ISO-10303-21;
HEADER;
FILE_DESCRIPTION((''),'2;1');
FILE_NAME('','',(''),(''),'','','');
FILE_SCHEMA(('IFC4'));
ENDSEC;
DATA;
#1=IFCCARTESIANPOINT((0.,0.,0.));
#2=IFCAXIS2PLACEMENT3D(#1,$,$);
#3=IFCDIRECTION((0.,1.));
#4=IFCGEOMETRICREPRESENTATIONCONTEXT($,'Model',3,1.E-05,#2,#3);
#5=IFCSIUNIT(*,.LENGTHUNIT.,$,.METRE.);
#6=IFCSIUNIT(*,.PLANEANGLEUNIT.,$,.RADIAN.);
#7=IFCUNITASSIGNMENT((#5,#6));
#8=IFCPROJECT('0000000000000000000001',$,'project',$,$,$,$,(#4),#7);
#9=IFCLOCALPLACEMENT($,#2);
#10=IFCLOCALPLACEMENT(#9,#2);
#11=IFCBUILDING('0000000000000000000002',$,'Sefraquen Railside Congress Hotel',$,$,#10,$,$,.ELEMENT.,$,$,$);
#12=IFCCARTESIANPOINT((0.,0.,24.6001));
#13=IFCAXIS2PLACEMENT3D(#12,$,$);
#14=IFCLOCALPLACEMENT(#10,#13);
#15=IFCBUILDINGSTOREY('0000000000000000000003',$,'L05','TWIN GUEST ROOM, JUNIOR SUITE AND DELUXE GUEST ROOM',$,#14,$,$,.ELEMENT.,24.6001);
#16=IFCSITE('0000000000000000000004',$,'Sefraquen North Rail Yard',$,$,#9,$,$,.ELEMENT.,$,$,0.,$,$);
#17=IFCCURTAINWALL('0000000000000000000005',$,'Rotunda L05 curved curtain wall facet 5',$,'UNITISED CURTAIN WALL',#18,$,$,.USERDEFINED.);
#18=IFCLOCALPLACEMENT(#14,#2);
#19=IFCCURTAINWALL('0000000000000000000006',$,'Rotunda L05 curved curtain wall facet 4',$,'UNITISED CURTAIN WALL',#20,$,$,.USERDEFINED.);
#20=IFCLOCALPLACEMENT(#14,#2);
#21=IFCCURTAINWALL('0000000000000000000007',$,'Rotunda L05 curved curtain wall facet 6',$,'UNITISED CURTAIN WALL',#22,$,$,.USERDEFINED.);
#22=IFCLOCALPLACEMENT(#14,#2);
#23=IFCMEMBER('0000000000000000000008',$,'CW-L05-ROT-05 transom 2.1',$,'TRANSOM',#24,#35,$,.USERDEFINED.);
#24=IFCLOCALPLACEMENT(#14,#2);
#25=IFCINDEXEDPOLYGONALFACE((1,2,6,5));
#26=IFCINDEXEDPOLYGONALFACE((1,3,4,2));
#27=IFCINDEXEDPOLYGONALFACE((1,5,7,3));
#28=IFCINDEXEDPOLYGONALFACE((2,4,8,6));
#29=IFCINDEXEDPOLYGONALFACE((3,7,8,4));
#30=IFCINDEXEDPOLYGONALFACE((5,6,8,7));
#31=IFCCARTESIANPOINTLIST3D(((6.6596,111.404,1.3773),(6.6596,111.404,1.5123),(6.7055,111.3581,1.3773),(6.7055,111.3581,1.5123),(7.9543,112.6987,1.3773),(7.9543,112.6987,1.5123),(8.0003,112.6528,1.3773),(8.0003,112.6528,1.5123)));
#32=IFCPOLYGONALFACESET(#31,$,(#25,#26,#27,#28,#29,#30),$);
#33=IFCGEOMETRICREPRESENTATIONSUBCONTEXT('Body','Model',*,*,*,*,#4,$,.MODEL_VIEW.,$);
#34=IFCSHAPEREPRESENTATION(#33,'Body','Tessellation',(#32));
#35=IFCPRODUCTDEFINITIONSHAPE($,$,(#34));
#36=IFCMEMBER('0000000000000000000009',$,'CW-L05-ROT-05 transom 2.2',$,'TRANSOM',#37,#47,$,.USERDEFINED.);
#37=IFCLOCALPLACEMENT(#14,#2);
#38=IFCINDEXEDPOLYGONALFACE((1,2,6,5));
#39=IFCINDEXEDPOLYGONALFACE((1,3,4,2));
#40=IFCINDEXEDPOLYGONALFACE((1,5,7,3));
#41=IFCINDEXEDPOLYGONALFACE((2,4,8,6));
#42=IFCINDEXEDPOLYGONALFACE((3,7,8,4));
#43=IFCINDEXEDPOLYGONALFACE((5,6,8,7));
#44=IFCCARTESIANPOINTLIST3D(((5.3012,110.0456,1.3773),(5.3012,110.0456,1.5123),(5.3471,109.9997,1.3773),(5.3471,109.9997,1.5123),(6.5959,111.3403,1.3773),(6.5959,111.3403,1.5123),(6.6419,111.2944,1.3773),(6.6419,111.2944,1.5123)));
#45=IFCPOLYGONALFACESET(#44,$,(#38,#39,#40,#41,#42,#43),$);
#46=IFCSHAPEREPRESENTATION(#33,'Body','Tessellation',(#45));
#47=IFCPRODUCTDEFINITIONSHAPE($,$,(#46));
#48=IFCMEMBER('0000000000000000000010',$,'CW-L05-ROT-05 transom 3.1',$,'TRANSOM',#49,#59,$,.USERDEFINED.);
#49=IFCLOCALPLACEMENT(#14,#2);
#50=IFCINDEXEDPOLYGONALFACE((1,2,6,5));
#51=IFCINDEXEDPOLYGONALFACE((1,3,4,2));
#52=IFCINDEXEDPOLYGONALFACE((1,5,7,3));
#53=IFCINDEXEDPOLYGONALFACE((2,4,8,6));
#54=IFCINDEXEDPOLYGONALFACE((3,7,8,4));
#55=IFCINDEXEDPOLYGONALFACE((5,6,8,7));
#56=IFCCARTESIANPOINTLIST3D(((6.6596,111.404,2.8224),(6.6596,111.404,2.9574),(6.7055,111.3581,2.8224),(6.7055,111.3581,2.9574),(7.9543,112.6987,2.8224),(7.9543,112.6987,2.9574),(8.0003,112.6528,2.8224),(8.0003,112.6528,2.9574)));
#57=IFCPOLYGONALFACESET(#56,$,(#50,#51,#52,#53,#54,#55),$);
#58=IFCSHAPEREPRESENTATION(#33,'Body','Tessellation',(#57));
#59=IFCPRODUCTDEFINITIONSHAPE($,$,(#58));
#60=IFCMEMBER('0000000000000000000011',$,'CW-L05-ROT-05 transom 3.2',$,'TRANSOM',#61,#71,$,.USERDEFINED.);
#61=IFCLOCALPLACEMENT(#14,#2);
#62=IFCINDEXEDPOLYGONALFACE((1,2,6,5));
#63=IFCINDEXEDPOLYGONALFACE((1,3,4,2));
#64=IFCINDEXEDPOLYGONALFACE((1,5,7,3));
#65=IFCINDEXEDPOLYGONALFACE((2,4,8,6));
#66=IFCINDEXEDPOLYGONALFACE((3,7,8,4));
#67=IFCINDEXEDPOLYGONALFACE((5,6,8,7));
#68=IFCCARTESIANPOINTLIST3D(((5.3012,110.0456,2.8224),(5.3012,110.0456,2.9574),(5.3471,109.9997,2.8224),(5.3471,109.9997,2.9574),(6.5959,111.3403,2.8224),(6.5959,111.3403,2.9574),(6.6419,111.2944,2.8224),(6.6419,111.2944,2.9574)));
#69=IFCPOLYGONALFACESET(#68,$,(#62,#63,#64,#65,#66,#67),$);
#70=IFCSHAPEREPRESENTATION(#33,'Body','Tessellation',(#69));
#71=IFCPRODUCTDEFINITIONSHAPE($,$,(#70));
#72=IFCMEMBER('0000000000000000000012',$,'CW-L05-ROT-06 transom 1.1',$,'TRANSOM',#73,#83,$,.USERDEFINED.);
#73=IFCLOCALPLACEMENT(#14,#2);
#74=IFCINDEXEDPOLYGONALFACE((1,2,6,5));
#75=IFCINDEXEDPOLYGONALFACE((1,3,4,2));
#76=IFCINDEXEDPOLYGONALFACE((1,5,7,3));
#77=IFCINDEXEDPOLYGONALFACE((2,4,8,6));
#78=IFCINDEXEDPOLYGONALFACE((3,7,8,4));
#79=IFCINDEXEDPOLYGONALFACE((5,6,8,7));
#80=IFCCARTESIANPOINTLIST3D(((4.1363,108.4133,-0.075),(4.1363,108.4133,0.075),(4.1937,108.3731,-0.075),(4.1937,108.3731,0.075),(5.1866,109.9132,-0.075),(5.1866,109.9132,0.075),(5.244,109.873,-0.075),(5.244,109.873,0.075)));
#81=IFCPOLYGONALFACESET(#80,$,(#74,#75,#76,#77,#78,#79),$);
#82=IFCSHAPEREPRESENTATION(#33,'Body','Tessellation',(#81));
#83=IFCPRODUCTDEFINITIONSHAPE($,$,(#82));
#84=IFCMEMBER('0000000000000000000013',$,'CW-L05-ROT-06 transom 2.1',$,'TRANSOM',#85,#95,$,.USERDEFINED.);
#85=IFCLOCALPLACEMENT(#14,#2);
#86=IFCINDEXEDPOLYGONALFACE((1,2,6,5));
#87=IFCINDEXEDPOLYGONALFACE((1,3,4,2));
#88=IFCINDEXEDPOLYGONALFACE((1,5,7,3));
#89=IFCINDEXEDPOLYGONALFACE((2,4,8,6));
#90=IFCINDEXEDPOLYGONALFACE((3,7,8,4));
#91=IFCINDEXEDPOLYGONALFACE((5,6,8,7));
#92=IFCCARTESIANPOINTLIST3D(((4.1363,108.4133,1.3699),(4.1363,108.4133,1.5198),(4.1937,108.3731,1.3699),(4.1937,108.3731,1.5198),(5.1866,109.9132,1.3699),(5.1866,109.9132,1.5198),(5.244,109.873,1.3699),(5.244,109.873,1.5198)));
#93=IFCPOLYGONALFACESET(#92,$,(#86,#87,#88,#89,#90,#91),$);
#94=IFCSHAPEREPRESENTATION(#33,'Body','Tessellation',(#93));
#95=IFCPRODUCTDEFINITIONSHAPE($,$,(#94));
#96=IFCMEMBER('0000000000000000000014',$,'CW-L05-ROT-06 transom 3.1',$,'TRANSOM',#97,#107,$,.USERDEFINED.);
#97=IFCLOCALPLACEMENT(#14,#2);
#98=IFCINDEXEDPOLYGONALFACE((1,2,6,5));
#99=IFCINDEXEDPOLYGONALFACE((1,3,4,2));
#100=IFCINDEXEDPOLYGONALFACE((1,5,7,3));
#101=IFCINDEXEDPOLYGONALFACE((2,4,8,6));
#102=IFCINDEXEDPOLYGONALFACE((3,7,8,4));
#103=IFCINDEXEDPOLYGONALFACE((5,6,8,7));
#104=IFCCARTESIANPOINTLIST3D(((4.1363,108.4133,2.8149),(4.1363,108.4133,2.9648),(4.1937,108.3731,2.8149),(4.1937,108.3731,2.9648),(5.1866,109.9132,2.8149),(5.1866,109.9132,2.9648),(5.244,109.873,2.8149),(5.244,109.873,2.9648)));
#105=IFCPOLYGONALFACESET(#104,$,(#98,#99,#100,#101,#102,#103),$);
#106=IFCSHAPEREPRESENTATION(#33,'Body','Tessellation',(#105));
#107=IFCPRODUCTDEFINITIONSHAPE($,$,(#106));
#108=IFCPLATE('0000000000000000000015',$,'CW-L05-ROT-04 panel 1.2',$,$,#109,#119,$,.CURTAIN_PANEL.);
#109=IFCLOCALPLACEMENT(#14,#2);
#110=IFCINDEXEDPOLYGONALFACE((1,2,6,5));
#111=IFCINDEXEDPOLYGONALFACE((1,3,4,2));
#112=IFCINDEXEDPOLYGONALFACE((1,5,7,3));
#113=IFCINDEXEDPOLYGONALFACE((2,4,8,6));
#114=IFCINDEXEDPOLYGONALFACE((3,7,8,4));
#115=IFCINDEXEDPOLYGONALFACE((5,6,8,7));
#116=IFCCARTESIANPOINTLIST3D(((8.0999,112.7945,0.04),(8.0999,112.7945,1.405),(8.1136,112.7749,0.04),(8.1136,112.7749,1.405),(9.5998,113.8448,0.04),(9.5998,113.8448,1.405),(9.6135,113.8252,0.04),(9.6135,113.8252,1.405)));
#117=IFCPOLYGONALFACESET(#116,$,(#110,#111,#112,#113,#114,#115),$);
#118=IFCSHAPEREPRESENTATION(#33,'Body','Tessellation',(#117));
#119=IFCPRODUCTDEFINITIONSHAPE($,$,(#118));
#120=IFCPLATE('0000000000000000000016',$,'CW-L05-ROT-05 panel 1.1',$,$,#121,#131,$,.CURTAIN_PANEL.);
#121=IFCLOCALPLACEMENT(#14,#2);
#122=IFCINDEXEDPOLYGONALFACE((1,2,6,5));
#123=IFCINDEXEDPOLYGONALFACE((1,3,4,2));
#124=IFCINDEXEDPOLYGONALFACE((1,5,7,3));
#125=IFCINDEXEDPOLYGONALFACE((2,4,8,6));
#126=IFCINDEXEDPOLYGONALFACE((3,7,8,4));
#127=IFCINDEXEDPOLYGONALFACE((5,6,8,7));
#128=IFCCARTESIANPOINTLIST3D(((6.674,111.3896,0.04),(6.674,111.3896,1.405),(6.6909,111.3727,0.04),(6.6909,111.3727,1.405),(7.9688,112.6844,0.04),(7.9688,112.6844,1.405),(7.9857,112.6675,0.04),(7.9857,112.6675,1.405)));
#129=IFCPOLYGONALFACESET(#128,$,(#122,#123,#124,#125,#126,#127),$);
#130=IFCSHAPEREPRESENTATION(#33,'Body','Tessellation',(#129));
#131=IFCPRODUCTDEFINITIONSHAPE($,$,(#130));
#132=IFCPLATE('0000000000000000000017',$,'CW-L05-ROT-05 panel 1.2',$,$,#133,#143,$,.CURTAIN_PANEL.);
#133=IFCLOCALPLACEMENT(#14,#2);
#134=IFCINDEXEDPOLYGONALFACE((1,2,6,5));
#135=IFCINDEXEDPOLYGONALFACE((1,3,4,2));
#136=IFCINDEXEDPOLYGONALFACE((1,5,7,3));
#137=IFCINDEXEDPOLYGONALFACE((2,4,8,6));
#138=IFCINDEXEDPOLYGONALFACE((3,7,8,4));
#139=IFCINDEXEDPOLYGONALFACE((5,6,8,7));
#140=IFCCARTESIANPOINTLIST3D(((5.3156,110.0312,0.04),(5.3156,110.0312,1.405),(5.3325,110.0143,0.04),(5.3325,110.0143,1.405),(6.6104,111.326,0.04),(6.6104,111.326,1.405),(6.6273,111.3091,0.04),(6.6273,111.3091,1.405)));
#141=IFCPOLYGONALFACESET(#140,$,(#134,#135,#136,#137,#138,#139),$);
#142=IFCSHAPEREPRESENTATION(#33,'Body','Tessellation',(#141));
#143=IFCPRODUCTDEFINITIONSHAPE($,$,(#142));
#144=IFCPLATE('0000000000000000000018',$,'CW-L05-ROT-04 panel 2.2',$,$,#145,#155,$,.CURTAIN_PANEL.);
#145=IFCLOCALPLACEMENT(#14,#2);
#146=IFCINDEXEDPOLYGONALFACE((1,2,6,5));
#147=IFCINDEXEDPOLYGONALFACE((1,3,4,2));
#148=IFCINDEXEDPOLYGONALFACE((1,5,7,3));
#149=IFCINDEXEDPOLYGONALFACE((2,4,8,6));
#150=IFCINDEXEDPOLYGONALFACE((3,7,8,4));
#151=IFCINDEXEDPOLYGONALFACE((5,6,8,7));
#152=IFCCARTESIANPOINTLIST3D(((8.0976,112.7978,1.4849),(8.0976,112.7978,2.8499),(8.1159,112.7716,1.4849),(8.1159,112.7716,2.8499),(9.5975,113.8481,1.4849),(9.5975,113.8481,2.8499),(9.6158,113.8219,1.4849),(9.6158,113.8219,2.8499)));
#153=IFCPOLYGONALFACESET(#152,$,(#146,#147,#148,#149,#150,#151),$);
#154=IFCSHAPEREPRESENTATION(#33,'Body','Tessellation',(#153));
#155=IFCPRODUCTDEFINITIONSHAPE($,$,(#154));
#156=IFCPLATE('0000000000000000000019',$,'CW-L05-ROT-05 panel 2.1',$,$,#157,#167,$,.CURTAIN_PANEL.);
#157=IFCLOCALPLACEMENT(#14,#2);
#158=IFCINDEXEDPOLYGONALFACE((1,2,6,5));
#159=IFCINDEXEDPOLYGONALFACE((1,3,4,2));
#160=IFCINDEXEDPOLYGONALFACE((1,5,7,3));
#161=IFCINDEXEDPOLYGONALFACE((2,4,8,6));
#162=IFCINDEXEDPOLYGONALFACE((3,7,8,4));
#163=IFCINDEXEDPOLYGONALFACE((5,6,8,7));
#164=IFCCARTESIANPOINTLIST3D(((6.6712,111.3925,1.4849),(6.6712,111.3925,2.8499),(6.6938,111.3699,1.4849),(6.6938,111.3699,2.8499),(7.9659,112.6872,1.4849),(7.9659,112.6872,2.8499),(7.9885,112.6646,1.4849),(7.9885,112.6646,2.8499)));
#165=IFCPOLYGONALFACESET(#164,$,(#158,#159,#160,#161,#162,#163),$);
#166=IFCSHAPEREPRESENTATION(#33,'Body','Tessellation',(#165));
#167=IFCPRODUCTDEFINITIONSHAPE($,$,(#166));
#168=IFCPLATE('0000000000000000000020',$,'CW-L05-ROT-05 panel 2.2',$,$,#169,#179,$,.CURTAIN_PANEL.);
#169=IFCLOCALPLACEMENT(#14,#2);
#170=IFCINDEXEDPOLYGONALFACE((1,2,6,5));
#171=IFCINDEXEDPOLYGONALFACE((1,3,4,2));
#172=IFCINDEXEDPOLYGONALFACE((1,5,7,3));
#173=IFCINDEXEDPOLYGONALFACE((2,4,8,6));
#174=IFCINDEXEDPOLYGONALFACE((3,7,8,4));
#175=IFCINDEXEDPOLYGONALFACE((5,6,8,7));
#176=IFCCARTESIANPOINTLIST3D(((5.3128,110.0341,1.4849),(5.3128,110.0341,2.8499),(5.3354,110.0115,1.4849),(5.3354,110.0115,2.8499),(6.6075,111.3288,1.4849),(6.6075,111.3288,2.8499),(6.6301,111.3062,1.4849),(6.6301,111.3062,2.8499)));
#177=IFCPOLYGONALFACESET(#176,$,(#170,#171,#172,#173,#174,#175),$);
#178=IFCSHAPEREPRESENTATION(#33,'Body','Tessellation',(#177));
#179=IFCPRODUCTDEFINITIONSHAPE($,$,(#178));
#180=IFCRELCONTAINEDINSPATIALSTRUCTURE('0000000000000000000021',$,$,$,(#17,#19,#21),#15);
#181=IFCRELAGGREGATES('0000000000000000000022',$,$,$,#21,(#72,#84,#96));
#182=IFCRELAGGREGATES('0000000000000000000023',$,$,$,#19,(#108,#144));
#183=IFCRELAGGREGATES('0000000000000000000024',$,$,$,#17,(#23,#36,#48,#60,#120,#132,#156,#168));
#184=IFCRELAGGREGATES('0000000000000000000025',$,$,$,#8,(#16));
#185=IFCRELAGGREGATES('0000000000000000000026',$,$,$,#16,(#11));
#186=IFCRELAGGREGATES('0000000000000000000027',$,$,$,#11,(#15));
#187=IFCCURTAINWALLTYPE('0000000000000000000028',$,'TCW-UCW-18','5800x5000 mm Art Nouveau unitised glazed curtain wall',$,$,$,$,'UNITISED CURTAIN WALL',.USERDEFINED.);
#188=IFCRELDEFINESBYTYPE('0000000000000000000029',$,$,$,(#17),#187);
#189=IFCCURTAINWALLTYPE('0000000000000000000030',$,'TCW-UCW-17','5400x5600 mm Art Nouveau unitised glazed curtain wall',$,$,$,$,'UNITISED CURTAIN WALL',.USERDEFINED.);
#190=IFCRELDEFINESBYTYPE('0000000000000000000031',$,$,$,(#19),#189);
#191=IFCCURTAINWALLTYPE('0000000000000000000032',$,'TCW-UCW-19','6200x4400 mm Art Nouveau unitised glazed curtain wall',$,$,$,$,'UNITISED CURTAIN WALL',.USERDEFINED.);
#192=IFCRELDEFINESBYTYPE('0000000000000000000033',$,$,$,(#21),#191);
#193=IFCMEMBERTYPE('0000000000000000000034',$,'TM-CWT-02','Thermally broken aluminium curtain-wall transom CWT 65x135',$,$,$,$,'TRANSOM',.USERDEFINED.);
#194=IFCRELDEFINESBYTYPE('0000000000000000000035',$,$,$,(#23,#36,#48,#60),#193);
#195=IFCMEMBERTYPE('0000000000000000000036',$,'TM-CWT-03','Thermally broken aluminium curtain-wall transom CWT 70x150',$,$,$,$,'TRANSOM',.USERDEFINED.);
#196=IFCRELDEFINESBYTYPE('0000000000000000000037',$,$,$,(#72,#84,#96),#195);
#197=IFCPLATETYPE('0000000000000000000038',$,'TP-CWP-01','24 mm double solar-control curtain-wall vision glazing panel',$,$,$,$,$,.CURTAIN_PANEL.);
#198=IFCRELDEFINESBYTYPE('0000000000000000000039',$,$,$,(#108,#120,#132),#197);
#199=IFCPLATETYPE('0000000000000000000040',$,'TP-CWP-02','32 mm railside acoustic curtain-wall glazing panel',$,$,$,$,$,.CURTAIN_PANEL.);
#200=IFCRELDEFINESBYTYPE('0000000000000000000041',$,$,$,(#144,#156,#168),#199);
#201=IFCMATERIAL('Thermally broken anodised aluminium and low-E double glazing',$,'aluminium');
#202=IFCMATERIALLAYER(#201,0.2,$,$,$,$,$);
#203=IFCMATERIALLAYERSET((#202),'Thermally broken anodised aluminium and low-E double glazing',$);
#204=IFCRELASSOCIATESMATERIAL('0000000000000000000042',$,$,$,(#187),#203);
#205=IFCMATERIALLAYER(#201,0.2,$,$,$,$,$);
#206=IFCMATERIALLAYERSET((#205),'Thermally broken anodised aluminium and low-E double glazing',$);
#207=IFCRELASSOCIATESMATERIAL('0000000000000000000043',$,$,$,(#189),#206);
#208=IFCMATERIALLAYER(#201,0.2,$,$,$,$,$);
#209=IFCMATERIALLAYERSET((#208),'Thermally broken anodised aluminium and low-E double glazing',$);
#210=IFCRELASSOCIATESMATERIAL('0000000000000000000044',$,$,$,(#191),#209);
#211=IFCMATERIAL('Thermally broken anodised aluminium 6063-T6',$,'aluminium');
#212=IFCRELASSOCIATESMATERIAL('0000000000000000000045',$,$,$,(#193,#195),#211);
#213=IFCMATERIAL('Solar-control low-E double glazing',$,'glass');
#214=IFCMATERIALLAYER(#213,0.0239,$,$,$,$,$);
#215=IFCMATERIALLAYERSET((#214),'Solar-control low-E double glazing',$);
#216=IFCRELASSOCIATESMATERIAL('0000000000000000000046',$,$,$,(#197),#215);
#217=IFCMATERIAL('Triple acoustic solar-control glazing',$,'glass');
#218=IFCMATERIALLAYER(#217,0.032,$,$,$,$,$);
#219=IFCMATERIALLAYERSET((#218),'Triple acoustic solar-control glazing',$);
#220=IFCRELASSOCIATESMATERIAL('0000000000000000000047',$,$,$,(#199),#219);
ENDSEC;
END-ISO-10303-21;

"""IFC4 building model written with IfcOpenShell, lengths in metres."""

from ifc_helpers import new_model, si_unit, direction, frame, origin, origin_2d, place, context, subcontext, project, spatial, rectangle, extrude, material, layer, layer_set, material_profile, profile_set, type_object, element, aggregate, save


model = new_model("IFC4")

# Units and contexts
model_context = context("Model", 3, precision=1e-05, world=origin(), true_north=direction((0.0, 1.0)))
body_context = subcontext(model_context, "Body", "Model", "MODEL_VIEW")
ifc_project = project(units=[si_unit("LENGTHUNIT", "METRE"), si_unit("PLANEANGLEUNIT", "RADIAN")], contexts=[model_context])

# Site, building, storey
site_placement = place(None, origin())
site = spatial("IfcSite", under=ifc_project, at=site_placement, Name="Sefraquen North Rail Yard", CompositionType="ELEMENT", RefElevation=0.0)
building_placement = place(site_placement, origin())
building = spatial("IfcBuilding", under=site, at=building_placement, Name="Sefraquen Railside Congress Hotel", CompositionType="ELEMENT")
storey_placement = place(building_placement, frame((0.0, 0.0, 24.6001)))
storey = spatial("IfcBuildingStorey", under=building, at=storey_placement, Name="L05", Description="TWIN GUEST ROOM, JUNIOR SUITE AND DELUXE GUEST ROOM", CompositionType="ELEMENT", Elevation=24.6001)

# Curtain walls
ifc_material_1 = material(Name="Thermally broken anodised aluminium and low-E double glazing", Category="aluminium")
ifc_layer_1 = layer(ifc_material_1, 0.2)
ifc_layer_set_1 = layer_set([ifc_layer_1], Name="Thermally broken anodised aluminium and low-E double glazing")
curtain_wall_type_1 = type_object("IfcCurtainWallType", Name="TCW-UCW-18", Description="5800x5000 mm Art Nouveau unitised glazed curtain wall", ElementType="UNITISED CURTAIN WALL", PredefinedType="USERDEFINED", material=ifc_layer_set_1)
curtain_wall_1_placement = place(storey_placement, origin())
curtain_wall_1 = element("IfcCurtainWall", 1, at=curtain_wall_1_placement, inside=storey, type_object=curtain_wall_type_1, Name="Rotunda L05 curved curtain wall facet 5", ObjectType="UNITISED CURTAIN WALL", PredefinedType="USERDEFINED")
ifc_material_2 = material(Name="Thermally broken anodised aluminium 6063-T6", Category="aluminium")
ifc_layer_2 = layer(ifc_material_1, 0.2)
ifc_layer_set_2 = layer_set([ifc_layer_2], Name="Thermally broken anodised aluminium and low-E double glazing")
curtain_wall_type_2 = type_object("IfcCurtainWallType", Name="TCW-UCW-17", Description="5400x5600 mm Art Nouveau unitised glazed curtain wall", ElementType="UNITISED CURTAIN WALL", PredefinedType="USERDEFINED", material=ifc_layer_set_2)
curtain_wall_2_placement = place(storey_placement, origin())
curtain_wall_2 = element("IfcCurtainWall", 2, at=curtain_wall_2_placement, inside=storey, type_object=curtain_wall_type_2, Name="Rotunda L05 curved curtain wall facet 4", ObjectType="UNITISED CURTAIN WALL", PredefinedType="USERDEFINED")

# Curtain wall
ifc_layer_3 = layer(ifc_material_1, 0.2)
ifc_layer_set_3 = layer_set([ifc_layer_3], Name="Thermally broken anodised aluminium and low-E double glazing")
curtain_wall_type_3 = type_object("IfcCurtainWallType", Name="TCW-UCW-19", Description="6200x4400 mm Art Nouveau unitised glazed curtain wall", ElementType="UNITISED CURTAIN WALL", PredefinedType="USERDEFINED", material=ifc_layer_set_3)
curtain_wall_3_placement = place(storey_placement, origin())
curtain_wall_3 = element("IfcCurtainWall", 3, at=curtain_wall_3_placement, inside=storey, type_object=curtain_wall_type_3, Name="Rotunda L05 curved curtain wall facet 6", ObjectType="UNITISED CURTAIN WALL", PredefinedType="USERDEFINED")

# Members
ifc_material_profile_1 = material_profile(ifc_material_2, rectangle(XDim=0.0649, YDim=0.135, at=origin_2d()), Name="CWT 65x135")
ifc_profile_set_1 = profile_set([ifc_material_profile_1], Name="Thermally broken anodised aluminium 6063-T6")
member_type_1 = type_object("IfcMemberType", Name="TM-CWT-02", Description="Thermally broken aluminium curtain-wall transom CWT 65x135", ElementType="TRANSOM", PredefinedType="USERDEFINED", material=ifc_profile_set_1)
member_1_placement = place(storey_placement, frame((7.9773, 112.6758, 1.4448), z_axis=(-0.707107, -0.707107, 0.0), x_axis=(0.707107, -0.707107, 0.0)))
member_1 = element("IfcMember", 4, at=member_1_placement, type_object=member_type_1, Name="CW-L05-ROT-05 transom 2.1", ObjectType="TRANSOM", PredefinedType="USERDEFINED", context=body_context, shape_type="SweptSolid", body=[
    extrude(rectangle(XDim=0.0649, YDim=0.135, at=origin_2d()), origin(), (0.0, 0.0, 1.0), 1.8311),
])
member_2_placement = place(storey_placement, frame((6.6189, 111.3174, 1.4448), z_axis=(-0.707107, -0.707107, 0.0), x_axis=(0.707107, -0.707107, 0.0)))
member_2 = element("IfcMember", 5, at=member_2_placement, type_object=member_type_1, Name="CW-L05-ROT-05 transom 2.2", ObjectType="TRANSOM", PredefinedType="USERDEFINED", context=body_context, shape_type="SweptSolid", body=[
    extrude(rectangle(XDim=0.0649, YDim=0.135, at=origin_2d()), origin(), (0.0, 0.0, 1.0), 1.8311),
])
member_3_placement = place(storey_placement, frame((7.9773, 112.6758, 2.8899), z_axis=(-0.707107, -0.707107, 0.0), x_axis=(0.707107, -0.707107, 0.0)))
member_3 = element("IfcMember", 6, at=member_3_placement, type_object=member_type_1, Name="CW-L05-ROT-05 transom 3.1", ObjectType="TRANSOM", PredefinedType="USERDEFINED", context=body_context, shape_type="SweptSolid", body=[
    extrude(rectangle(XDim=0.0649, YDim=0.135, at=origin_2d()), origin(), (0.0, 0.0, 1.0), 1.8311),
])
member_4_placement = place(storey_placement, frame((6.6189, 111.3174, 2.8899), z_axis=(-0.707107, -0.707107, 0.0), x_axis=(0.707107, -0.707107, 0.0)))
member_4 = element("IfcMember", 7, at=member_4_placement, type_object=member_type_1, Name="CW-L05-ROT-05 transom 3.2", ObjectType="TRANSOM", PredefinedType="USERDEFINED", context=body_context, shape_type="SweptSolid", body=[
    extrude(rectangle(XDim=0.0649, YDim=0.135, at=origin_2d()), origin(), (0.0, 0.0, 1.0), 1.8311),
])
ifc_material_profile_2 = material_profile(ifc_material_2, rectangle(XDim=0.0701, YDim=0.1499, at=origin_2d()), Name="CWT 70x150")
ifc_profile_set_2 = profile_set([ifc_material_profile_2], Name="Thermally broken anodised aluminium 6063-T6")
member_type_2 = type_object("IfcMemberType", Name="TM-CWT-03", Description="Thermally broken aluminium curtain-wall transom CWT 70x150", ElementType="TRANSOM", PredefinedType="USERDEFINED", material=ifc_profile_set_2)
member_5_placement = place(storey_placement, frame((5.2153, 109.8931, 0.0), z_axis=(-0.573632, -0.819113, 0.0), x_axis=(0.819113, -0.573632, 0.0)))
member_5 = element("IfcMember", 8, at=member_5_placement, type_object=member_type_2, Name="CW-L05-ROT-06 transom 1.1", ObjectType="TRANSOM", PredefinedType="USERDEFINED", context=body_context, shape_type="SweptSolid", body=[
    extrude(rectangle(XDim=0.0701, YDim=0.1499, at=origin_2d()), origin(), (0.0, 0.0, 1.0), 1.8311),
])
member_6_placement = place(storey_placement, frame((5.2153, 109.8931, 1.4448), z_axis=(-0.573632, -0.819113, 0.0), x_axis=(0.819113, -0.573632, 0.0)))
member_6 = element("IfcMember", 9, at=member_6_placement, type_object=member_type_2, Name="CW-L05-ROT-06 transom 2.1", ObjectType="TRANSOM", PredefinedType="USERDEFINED", context=body_context, shape_type="SweptSolid", body=[
    extrude(rectangle(XDim=0.0701, YDim=0.1499, at=origin_2d()), origin(), (0.0, 0.0, 1.0), 1.8311),
])
member_7_placement = place(storey_placement, frame((5.2153, 109.8931, 2.8899), z_axis=(-0.573632, -0.819113, 0.0), x_axis=(0.819113, -0.573632, 0.0)))
member_7 = element("IfcMember", 10, at=member_7_placement, type_object=member_type_2, Name="CW-L05-ROT-06 transom 3.1", ObjectType="TRANSOM", PredefinedType="USERDEFINED", context=body_context, shape_type="SweptSolid", body=[
    extrude(rectangle(XDim=0.0701, YDim=0.1499, at=origin_2d()), origin(), (0.0, 0.0, 1.0), 1.8311),
])
aggregate(curtain_wall_3, [member_5, member_6, member_7])

# Plates
ifc_material_3 = material(Name="Solar-control low-E double glazing", Category="glass")
ifc_layer_4 = layer(ifc_material_3, 0.0239)
ifc_layer_set_4 = layer_set([ifc_layer_4], Name="Solar-control low-E double glazing")
plate_type_1 = type_object("IfcPlateType", Name="TP-CWP-01", Description="24 mm double solar-control curtain-wall vision glazing panel", PredefinedType="CURTAIN_PANEL", material=ifc_layer_set_4)
plate_1_placement = place(storey_placement, frame((8.8567, 113.3098, 0.04), z_axis=(0.0, 0.0, 1.0), x_axis=(-0.819132, -0.573605, 0.0)))
plate_1 = element("IfcPlate", 11, at=plate_1_placement, type_object=plate_type_1, Name="CW-L05-ROT-04 panel 1.2", PredefinedType="CURTAIN_PANEL", context=body_context, shape_type="SweptSolid", body=[
    extrude(rectangle(XDim=1.8311, YDim=0.0239, at=origin_2d()), origin(), (0.0, 0.0, 1.0), 1.365),
])
plate_2_placement = place(storey_placement, frame((7.3298, 112.0286, 0.04), z_axis=(0.0, 0.0, 1.0), x_axis=(-0.707107, -0.707107, 0.0)))
plate_2 = element("IfcPlate", 12, at=plate_2_placement, type_object=plate_type_1, Name="CW-L05-ROT-05 panel 1.1", PredefinedType="CURTAIN_PANEL", context=body_context, shape_type="SweptSolid", body=[
    extrude(rectangle(XDim=1.8311, YDim=0.0239, at=origin_2d()), origin(), (0.0, 0.0, 1.0), 1.365),
])
plate_3_placement = place(storey_placement, frame((5.9714, 110.6702, 0.04), z_axis=(0.0, 0.0, 1.0), x_axis=(-0.707107, -0.707107, 0.0)))
plate_3 = element("IfcPlate", 13, at=plate_3_placement, type_object=plate_type_1, Name="CW-L05-ROT-05 panel 1.2", PredefinedType="CURTAIN_PANEL", context=body_context, shape_type="SweptSolid", body=[
    extrude(rectangle(XDim=1.8311, YDim=0.0239, at=origin_2d()), origin(), (0.0, 0.0, 1.0), 1.365),
])
ifc_material_4 = material(Name="Triple acoustic solar-control glazing", Category="glass")
ifc_layer_5 = layer(ifc_material_4, 0.032)
ifc_layer_set_5 = layer_set([ifc_layer_5], Name="Triple acoustic solar-control glazing")
plate_type_2 = type_object("IfcPlateType", Name="TP-CWP-02", Description="32 mm railside acoustic curtain-wall glazing panel", PredefinedType="CURTAIN_PANEL", material=ifc_layer_set_5)
plate_4_placement = place(storey_placement, frame((8.8567, 113.3098, 1.4849), z_axis=(0.0, 0.0, 1.0), x_axis=(-0.819132, -0.573605, 0.0)))
plate_4 = element("IfcPlate", 14, at=plate_4_placement, type_object=plate_type_2, Name="CW-L05-ROT-04 panel 2.2", PredefinedType="CURTAIN_PANEL", context=body_context, shape_type="SweptSolid", body=[
    extrude(rectangle(XDim=1.8311, YDim=0.032, at=origin_2d()), origin(), (0.0, 0.0, 1.0), 1.365),
])
aggregate(curtain_wall_2, [plate_1, plate_4])
plate_5_placement = place(storey_placement, frame((7.3298, 112.0286, 1.4849), z_axis=(0.0, 0.0, 1.0), x_axis=(-0.707107, -0.707107, 0.0)))
plate_5 = element("IfcPlate", 15, at=plate_5_placement, type_object=plate_type_2, Name="CW-L05-ROT-05 panel 2.1", PredefinedType="CURTAIN_PANEL", context=body_context, shape_type="SweptSolid", body=[
    extrude(rectangle(XDim=1.8311, YDim=0.032, at=origin_2d()), origin(), (0.0, 0.0, 1.0), 1.365),
])
plate_6_placement = place(storey_placement, frame((5.9714, 110.6702, 1.4849), z_axis=(0.0, 0.0, 1.0), x_axis=(-0.707107, -0.707107, 0.0)))
plate_6 = element("IfcPlate", 16, at=plate_6_placement, type_object=plate_type_2, Name="CW-L05-ROT-05 panel 2.2", PredefinedType="CURTAIN_PANEL", context=body_context, shape_type="SweptSolid", body=[
    extrude(rectangle(XDim=1.8311, YDim=0.032, at=origin_2d()), origin(), (0.0, 0.0, 1.0), 1.365),
])
aggregate(curtain_wall_1, [member_1, member_2, member_3, member_4, plate_2, plate_3, plate_5, plate_6])

save(model, "model.ifc")
